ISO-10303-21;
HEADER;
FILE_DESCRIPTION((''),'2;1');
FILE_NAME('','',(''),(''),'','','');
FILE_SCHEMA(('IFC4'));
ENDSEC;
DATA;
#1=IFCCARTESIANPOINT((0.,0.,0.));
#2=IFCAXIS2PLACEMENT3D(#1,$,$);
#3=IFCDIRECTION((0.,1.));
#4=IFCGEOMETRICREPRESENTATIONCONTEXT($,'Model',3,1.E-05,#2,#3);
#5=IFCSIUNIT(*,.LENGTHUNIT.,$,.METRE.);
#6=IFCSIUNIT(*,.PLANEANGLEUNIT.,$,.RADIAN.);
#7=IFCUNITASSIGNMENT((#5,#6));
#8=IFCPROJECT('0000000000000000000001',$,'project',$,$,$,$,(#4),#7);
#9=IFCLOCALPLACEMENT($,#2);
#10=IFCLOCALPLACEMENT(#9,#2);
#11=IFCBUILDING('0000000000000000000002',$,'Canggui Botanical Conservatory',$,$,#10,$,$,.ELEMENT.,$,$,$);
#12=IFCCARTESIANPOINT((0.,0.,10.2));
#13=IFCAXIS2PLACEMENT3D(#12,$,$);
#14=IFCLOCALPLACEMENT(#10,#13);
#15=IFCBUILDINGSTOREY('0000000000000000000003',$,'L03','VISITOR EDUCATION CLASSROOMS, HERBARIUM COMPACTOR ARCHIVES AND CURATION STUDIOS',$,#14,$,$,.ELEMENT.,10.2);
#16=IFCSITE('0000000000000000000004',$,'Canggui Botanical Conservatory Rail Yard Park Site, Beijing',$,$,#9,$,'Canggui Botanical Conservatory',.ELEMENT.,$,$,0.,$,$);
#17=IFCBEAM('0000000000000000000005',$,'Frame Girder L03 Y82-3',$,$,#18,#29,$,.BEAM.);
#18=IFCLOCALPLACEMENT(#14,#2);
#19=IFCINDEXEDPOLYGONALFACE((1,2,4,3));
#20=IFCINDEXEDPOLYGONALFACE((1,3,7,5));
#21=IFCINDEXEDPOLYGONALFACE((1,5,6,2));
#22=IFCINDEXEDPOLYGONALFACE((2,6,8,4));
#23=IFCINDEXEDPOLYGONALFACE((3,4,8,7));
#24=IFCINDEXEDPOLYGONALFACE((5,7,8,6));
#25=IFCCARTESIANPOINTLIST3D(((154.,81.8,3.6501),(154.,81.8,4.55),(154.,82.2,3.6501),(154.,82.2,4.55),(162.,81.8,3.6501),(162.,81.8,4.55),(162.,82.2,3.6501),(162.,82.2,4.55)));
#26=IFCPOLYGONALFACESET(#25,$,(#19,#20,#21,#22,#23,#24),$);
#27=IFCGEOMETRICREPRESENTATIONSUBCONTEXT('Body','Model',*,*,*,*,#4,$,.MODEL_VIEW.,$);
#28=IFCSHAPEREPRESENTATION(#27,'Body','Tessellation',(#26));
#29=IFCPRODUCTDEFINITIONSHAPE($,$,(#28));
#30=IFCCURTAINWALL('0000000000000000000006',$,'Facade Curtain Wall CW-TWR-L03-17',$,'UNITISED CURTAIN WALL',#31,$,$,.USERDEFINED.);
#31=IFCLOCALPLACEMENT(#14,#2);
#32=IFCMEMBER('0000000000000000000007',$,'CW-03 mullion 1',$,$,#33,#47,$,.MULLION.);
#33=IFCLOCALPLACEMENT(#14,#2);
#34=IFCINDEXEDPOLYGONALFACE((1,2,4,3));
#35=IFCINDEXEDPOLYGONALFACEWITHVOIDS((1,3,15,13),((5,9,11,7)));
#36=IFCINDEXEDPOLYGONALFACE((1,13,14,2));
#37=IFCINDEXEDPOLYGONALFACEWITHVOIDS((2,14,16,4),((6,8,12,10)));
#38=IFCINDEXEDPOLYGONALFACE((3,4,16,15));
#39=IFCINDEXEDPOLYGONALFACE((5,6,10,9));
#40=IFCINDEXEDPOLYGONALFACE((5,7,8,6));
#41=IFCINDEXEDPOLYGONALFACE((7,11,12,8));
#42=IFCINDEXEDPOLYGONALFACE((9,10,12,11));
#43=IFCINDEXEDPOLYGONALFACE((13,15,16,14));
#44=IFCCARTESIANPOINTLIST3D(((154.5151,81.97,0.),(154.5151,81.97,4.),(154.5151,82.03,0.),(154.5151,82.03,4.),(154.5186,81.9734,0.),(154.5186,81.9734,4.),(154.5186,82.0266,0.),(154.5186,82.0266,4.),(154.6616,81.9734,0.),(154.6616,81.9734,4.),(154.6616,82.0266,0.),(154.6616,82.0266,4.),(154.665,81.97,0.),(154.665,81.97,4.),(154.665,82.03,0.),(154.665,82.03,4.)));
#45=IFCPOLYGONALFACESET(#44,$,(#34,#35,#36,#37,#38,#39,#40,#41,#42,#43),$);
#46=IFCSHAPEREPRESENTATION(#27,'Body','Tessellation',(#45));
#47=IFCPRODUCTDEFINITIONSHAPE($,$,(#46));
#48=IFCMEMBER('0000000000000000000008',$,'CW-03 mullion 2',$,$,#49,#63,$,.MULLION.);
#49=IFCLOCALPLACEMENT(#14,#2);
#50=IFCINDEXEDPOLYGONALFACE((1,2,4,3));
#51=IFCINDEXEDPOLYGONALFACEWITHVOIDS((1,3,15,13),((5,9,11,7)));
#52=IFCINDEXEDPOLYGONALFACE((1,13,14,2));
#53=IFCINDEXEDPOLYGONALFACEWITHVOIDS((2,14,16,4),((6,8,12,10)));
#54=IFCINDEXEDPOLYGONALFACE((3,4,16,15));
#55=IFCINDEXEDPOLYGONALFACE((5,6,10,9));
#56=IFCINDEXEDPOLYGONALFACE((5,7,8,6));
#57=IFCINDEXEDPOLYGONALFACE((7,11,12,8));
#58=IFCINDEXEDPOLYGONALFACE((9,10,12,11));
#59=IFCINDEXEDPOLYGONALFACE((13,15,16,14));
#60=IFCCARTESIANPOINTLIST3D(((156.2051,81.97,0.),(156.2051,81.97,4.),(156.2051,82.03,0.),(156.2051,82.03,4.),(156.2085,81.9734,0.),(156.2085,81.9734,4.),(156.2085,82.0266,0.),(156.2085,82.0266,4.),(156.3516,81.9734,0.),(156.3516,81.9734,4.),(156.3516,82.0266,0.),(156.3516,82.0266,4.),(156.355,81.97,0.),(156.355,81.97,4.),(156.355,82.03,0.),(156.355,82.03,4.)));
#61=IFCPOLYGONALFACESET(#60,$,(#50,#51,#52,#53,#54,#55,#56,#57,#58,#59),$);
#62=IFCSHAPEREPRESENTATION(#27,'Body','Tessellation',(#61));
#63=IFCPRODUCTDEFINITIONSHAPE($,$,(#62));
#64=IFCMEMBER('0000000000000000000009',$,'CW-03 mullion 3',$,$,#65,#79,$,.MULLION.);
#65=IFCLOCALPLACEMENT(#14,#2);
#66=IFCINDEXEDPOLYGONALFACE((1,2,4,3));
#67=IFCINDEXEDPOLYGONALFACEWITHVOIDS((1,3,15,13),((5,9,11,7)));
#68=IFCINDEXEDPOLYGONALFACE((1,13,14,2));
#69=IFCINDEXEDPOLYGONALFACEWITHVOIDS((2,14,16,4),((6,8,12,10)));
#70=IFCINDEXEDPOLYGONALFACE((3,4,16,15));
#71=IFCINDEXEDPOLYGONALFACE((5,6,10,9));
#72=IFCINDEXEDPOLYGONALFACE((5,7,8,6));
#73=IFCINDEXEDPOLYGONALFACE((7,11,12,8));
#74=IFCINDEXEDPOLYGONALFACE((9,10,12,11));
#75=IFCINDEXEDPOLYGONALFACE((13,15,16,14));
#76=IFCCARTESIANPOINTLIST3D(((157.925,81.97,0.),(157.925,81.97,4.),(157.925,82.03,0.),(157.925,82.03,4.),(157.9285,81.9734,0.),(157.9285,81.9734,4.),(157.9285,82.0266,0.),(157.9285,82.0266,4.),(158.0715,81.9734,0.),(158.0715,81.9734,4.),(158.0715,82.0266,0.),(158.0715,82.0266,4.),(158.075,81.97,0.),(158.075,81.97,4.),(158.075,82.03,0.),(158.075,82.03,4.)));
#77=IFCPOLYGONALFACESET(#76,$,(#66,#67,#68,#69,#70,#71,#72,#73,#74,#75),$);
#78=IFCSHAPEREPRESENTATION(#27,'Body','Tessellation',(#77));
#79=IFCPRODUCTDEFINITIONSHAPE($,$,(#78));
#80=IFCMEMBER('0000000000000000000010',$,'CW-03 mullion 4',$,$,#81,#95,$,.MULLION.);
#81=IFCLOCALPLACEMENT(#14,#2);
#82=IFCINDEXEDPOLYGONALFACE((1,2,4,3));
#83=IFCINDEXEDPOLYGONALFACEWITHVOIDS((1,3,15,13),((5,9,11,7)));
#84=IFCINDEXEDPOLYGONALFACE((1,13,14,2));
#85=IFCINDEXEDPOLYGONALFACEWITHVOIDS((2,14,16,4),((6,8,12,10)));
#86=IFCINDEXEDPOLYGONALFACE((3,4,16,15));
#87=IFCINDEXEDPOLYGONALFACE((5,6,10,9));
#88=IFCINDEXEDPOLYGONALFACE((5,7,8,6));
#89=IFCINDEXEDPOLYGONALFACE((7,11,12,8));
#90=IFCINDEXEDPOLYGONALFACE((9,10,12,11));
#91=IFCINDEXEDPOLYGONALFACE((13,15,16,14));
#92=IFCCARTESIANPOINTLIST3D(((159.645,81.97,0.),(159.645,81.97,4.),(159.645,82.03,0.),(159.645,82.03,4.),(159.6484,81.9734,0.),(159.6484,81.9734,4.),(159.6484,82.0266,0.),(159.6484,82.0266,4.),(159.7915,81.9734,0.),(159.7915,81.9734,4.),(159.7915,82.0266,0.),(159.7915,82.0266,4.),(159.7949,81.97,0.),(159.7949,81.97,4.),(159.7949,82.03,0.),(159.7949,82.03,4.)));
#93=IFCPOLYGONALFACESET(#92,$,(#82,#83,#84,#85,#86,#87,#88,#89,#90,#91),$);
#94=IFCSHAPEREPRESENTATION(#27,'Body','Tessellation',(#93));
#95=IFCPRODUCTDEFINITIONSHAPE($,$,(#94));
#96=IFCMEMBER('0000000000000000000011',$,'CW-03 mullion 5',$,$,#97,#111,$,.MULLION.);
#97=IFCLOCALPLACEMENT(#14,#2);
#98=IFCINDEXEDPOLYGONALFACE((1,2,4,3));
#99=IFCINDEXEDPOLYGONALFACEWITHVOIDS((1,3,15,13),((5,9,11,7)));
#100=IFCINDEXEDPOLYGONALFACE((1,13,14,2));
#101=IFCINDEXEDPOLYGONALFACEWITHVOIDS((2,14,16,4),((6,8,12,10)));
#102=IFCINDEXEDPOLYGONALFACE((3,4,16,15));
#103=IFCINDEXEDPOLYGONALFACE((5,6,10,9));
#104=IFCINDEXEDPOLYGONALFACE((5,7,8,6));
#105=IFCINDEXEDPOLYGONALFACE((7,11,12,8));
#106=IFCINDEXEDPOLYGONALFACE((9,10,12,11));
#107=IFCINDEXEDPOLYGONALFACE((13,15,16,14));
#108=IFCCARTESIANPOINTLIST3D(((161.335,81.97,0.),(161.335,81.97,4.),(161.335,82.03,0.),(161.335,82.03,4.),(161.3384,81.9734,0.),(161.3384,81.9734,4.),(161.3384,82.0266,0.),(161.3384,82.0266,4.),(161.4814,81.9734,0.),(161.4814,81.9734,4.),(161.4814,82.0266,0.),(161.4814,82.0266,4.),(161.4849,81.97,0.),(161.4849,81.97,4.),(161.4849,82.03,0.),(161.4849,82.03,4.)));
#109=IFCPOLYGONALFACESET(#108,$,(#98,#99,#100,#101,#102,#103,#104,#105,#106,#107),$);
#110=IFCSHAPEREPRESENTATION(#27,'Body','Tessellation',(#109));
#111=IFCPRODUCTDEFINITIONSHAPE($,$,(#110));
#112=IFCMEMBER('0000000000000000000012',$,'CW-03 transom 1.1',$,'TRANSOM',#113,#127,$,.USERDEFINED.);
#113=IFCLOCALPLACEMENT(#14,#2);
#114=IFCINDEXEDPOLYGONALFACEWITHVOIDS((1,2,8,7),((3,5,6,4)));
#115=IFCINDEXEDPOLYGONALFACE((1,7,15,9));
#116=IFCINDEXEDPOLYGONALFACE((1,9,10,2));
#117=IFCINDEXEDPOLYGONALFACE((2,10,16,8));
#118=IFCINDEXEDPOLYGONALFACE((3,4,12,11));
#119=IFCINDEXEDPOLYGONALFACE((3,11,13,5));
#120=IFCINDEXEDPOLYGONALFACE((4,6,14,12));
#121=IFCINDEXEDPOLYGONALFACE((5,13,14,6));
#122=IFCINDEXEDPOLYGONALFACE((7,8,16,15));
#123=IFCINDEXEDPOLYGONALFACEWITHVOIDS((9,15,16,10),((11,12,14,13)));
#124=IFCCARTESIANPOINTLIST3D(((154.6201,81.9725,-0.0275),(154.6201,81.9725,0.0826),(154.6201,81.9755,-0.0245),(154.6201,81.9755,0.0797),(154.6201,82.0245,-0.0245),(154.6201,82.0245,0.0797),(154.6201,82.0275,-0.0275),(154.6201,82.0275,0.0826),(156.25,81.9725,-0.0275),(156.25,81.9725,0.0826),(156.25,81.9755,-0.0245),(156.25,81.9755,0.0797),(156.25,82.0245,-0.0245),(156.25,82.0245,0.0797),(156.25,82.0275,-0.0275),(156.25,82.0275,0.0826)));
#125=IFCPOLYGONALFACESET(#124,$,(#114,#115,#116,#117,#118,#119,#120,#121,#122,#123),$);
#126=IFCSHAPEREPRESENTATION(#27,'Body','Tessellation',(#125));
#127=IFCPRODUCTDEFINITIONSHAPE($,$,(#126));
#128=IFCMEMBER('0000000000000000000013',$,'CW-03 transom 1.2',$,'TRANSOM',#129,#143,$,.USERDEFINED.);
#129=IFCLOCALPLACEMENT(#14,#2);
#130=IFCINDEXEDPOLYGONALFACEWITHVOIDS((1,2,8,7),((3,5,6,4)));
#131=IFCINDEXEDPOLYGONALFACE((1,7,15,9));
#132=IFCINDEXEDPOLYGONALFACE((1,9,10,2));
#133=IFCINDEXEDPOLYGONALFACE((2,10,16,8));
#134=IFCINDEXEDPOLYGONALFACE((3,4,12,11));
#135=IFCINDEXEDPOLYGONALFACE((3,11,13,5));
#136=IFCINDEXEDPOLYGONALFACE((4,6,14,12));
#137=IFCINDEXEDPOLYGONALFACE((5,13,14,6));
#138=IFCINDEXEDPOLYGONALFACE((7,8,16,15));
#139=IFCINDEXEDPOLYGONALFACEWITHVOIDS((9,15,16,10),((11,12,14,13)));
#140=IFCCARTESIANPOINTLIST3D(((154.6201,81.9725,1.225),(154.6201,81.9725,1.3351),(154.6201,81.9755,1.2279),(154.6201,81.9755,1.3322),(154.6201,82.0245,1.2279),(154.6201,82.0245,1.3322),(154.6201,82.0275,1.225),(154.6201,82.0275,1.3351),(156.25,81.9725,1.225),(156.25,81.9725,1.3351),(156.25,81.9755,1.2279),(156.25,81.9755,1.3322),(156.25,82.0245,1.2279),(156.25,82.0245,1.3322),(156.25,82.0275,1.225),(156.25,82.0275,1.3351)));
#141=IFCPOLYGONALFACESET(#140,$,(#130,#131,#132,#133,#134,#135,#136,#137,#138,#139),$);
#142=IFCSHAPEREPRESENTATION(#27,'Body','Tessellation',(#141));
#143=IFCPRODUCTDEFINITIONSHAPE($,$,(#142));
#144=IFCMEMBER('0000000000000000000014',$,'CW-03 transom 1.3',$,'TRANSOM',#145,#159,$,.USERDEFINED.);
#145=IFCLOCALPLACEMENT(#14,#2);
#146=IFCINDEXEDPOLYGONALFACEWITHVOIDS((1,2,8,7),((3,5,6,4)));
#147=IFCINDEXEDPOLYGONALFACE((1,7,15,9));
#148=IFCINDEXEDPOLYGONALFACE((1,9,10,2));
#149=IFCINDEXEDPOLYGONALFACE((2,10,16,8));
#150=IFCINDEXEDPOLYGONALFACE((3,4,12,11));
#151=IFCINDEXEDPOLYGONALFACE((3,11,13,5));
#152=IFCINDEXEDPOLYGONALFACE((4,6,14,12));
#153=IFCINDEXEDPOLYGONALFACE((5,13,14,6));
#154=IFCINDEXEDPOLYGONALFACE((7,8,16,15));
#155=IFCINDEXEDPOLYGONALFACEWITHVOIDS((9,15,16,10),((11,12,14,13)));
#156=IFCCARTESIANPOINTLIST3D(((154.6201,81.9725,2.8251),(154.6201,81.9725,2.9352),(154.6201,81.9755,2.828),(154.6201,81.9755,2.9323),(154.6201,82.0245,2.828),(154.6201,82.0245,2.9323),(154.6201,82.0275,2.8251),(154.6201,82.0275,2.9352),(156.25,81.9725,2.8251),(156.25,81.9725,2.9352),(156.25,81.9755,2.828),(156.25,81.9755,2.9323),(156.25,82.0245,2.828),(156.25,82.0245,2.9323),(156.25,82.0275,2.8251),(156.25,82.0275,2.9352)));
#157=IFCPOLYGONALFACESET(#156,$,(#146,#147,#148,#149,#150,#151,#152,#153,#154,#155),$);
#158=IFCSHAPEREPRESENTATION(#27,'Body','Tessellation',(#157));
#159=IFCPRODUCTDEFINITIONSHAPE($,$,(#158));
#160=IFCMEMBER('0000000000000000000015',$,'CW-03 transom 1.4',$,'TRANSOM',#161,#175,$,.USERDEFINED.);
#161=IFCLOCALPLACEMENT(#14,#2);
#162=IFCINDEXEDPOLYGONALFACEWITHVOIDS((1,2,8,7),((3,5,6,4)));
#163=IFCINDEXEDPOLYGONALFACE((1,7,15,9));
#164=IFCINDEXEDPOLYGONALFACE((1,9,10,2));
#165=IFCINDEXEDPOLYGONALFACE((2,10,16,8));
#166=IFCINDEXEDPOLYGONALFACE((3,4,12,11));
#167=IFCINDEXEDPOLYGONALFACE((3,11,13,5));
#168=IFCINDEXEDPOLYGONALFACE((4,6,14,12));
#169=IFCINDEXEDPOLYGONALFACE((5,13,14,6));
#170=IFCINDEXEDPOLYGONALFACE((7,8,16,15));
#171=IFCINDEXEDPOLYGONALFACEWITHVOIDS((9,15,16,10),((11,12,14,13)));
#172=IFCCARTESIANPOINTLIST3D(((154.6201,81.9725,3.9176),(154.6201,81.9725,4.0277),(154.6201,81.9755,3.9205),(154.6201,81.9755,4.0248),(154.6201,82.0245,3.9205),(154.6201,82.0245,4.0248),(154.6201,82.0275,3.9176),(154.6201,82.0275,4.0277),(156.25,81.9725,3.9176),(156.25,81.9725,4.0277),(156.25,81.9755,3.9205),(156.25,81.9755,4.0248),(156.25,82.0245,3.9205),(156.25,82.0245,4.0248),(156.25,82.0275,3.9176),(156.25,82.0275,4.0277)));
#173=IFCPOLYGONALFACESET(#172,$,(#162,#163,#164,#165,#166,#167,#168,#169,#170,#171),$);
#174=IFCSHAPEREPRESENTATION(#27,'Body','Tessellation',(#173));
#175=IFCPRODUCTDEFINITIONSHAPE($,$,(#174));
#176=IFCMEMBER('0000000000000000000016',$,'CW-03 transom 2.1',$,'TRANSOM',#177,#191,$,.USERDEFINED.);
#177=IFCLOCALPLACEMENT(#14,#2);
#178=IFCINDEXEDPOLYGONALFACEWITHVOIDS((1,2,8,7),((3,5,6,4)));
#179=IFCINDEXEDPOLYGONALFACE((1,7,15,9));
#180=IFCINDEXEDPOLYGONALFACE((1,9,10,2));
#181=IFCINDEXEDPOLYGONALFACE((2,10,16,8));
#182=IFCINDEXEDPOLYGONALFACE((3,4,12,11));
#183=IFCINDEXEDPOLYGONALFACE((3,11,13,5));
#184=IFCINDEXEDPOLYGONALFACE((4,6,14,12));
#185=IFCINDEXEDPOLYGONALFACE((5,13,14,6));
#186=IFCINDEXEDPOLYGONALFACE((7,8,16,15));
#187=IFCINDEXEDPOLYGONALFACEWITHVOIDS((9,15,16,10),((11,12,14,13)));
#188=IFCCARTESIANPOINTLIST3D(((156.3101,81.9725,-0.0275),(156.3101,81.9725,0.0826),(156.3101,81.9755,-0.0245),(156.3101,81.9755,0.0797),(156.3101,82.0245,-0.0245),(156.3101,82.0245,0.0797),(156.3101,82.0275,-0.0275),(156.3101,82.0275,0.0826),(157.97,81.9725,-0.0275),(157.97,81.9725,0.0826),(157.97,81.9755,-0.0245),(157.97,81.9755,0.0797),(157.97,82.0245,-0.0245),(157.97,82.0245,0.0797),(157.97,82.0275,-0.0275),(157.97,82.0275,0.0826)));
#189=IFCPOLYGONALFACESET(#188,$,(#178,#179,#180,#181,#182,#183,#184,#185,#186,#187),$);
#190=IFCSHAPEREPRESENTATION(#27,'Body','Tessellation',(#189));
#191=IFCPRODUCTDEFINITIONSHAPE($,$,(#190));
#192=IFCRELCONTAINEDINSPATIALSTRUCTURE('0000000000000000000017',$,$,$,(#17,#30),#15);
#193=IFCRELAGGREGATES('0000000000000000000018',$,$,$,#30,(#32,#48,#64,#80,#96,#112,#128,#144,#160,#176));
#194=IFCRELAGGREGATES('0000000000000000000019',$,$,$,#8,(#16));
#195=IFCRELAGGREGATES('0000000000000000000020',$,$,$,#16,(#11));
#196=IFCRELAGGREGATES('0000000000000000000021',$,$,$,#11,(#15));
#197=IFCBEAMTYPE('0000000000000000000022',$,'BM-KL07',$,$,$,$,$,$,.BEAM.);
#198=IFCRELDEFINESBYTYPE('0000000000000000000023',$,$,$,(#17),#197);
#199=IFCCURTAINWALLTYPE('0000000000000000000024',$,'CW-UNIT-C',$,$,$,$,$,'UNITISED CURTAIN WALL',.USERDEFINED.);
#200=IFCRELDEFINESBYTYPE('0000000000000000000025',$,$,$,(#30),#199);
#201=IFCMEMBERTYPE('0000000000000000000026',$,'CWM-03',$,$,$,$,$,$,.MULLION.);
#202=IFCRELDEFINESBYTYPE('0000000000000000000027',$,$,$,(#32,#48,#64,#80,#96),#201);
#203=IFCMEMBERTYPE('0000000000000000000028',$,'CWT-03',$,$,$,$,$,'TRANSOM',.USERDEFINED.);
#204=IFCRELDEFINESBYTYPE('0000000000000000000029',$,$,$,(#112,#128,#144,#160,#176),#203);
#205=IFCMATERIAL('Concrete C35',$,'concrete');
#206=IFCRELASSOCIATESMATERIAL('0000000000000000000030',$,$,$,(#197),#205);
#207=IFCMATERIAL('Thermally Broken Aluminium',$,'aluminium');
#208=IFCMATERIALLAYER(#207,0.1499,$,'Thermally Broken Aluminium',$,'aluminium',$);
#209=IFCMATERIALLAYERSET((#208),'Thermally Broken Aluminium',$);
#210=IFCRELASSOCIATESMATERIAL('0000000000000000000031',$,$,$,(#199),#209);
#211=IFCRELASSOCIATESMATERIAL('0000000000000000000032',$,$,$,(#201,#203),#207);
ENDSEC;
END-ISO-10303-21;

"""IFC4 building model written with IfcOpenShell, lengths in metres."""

from ifc_helpers import new_model, si_unit, direction, frame, origin, origin_2d, place, context, subcontext, project, spatial, rectangle, hollow_rectangle, extrude, material, layer, layer_set, material_profile, profile_set, type_object, element, aggregate, save


model = new_model("IFC4")

# Units and contexts
model_context = context("Model", 3, precision=1e-05, world=origin(), true_north=direction((0.0, 1.0)))
body_context = subcontext(model_context, "Body", "Model", "MODEL_VIEW")
ifc_project = project(units=[si_unit("LENGTHUNIT", "METRE"), si_unit("PLANEANGLEUNIT", "RADIAN")], contexts=[model_context])

# Site, building, storey
site_placement = place(None, origin())
site = spatial("IfcSite", under=ifc_project, at=site_placement, Name="Canggui Botanical Conservatory Rail Yard Park Site, Beijing", LongName="Canggui Botanical Conservatory", CompositionType="ELEMENT", RefElevation=0.0)
building_placement = place(site_placement, origin())
building = spatial("IfcBuilding", under=site, at=building_placement, Name="Canggui Botanical Conservatory", CompositionType="ELEMENT")
storey_placement = place(building_placement, frame((0.0, 0.0, 10.2)))
storey = spatial("IfcBuildingStorey", under=building, at=storey_placement, Name="L03", Description="VISITOR EDUCATION CLASSROOMS, HERBARIUM COMPACTOR ARCHIVES AND CURATION STUDIOS", CompositionType="ELEMENT", Elevation=10.2)

# Beam
ifc_material_1 = material(Name="Concrete C35", Category="concrete")
ifc_material_profile_1 = material_profile(ifc_material_1, rectangle(XDim=0.3999, YDim=0.8999, at=origin_2d()), Name="RB 400x900")
ifc_profile_set_1 = profile_set([ifc_material_profile_1], Name="Concrete C35")
beam_type = type_object("IfcBeamType", Name="BM-KL07", PredefinedType="BEAM", material=ifc_profile_set_1)
beam_placement = place(storey_placement, frame((154.0, 82.0, 4.1001), z_axis=(1.0, 0.0, 0.0), x_axis=(0.0, 1.0, 0.0)))
element("IfcBeam", 1, at=beam_placement, inside=storey, type_object=beam_type, Name="Frame Girder L03 Y82-3", PredefinedType="BEAM", context=body_context, shape_type="SweptSolid", body=[
    extrude(rectangle(XDim=0.3999, YDim=0.8999, at=origin_2d()), origin(), (0.0, 0.0, 1.0), 8.0),
])

# Curtain wall, members
ifc_material_2 = material(Name="Thermally Broken Aluminium", Category="aluminium")
ifc_layer_1 = layer(ifc_material_2, 0.1499, Name="Thermally Broken Aluminium", Category="aluminium")
ifc_layer_set_1 = layer_set([ifc_layer_1], Name="Thermally Broken Aluminium")
curtain_wall_type = type_object("IfcCurtainWallType", Name="CW-UNIT-C", ElementType="UNITISED CURTAIN WALL", PredefinedType="USERDEFINED", material=ifc_layer_set_1)
curtain_wall_placement = place(storey_placement, origin())
curtain_wall = element("IfcCurtainWall", 2, at=curtain_wall_placement, inside=storey, type_object=curtain_wall_type, Name="Facade Curtain Wall CW-TWR-L03-17", ObjectType="UNITISED CURTAIN WALL", PredefinedType="USERDEFINED")
ifc_material_profile_2 = material_profile(ifc_material_2, hollow_rectangle(XDim=0.0601, YDim=0.1499, WallThickness=0.0034, at=origin_2d()), Name="CWM 60x150x3.5")
ifc_profile_set_2 = profile_set([ifc_material_profile_2], Name="Thermally Broken Aluminium")
member_type_1 = type_object("IfcMemberType", Name="CWM-03", PredefinedType="MULLION", material=ifc_profile_set_2)
member_1_placement = place(storey_placement, frame((154.5901, 82.0, 0.0), z_axis=(0.0, 0.0, 1.0), x_axis=(0.0, 1.0, 0.0)))
member_1 = element("IfcMember", 3, at=member_1_placement, type_object=member_type_1, Name="CW-03 mullion 1", PredefinedType="MULLION", context=body_context, shape_type="SweptSolid", body=[
    extrude(hollow_rectangle(XDim=0.0601, YDim=0.1499, WallThickness=0.0034, at=origin_2d()), origin(), (0.0, 0.0, 1.0), 4.0),
])
member_2_placement = place(storey_placement, frame((156.28, 82.0, 0.0), z_axis=(0.0, 0.0, 1.0), x_axis=(0.0, 1.0, 0.0)))
member_2 = element("IfcMember", 4, at=member_2_placement, type_object=member_type_1, Name="CW-03 mullion 2", PredefinedType="MULLION", context=body_context, shape_type="SweptSolid", body=[
    extrude(hollow_rectangle(XDim=0.0601, YDim=0.1499, WallThickness=0.0034, at=origin_2d()), origin(), (0.0, 0.0, 1.0), 4.0),
])
member_3_placement = place(storey_placement, frame((158.0, 82.0, 0.0), z_axis=(0.0, 0.0, 1.0), x_axis=(0.0, 1.0, 0.0)))
member_3 = element("IfcMember", 5, at=member_3_placement, type_object=member_type_1, Name="CW-03 mullion 3", PredefinedType="MULLION", context=body_context, shape_type="SweptSolid", body=[
    extrude(hollow_rectangle(XDim=0.0601, YDim=0.1499, WallThickness=0.0034, at=origin_2d()), origin(), (0.0, 0.0, 1.0), 4.0),
])
member_4_placement = place(storey_placement, frame((159.72, 82.0, 0.0), z_axis=(0.0, 0.0, 1.0), x_axis=(0.0, 1.0, 0.0)))
member_4 = element("IfcMember", 6, at=member_4_placement, type_object=member_type_1, Name="CW-03 mullion 4", PredefinedType="MULLION", context=body_context, shape_type="SweptSolid", body=[
    extrude(hollow_rectangle(XDim=0.0601, YDim=0.1499, WallThickness=0.0034, at=origin_2d()), origin(), (0.0, 0.0, 1.0), 4.0),
])
member_5_placement = place(storey_placement, frame((161.4099, 82.0, 0.0), z_axis=(0.0, 0.0, 1.0), x_axis=(0.0, 1.0, 0.0)))
member_5 = element("IfcMember", 7, at=member_5_placement, type_object=member_type_1, Name="CW-03 mullion 5", PredefinedType="MULLION", context=body_context, shape_type="SweptSolid", body=[
    extrude(hollow_rectangle(XDim=0.0601, YDim=0.1499, WallThickness=0.0034, at=origin_2d()), origin(), (0.0, 0.0, 1.0), 4.0),
])
ifc_material_profile_3 = material_profile(ifc_material_2, hollow_rectangle(XDim=0.0549, YDim=0.1101, WallThickness=0.0029, at=origin_2d()), Name="CWT 55x110x3")
ifc_profile_set_3 = profile_set([ifc_material_profile_3], Name="Thermally Broken Aluminium")
member_type_2 = type_object("IfcMemberType", Name="CWT-03", ElementType="TRANSOM", PredefinedType="USERDEFINED", material=ifc_profile_set_3)
member_6_placement = place(storey_placement, frame((154.6201, 82.0, 0.0276), z_axis=(1.0, 0.0, 0.0), x_axis=(0.0, 1.0, 0.0)))
member_6 = element("IfcMember", 8, at=member_6_placement, type_object=member_type_2, Name="CW-03 transom 1.1", ObjectType="TRANSOM", PredefinedType="USERDEFINED", context=body_context, shape_type="SweptSolid", body=[
    extrude(hollow_rectangle(XDim=0.0549, YDim=0.1101, WallThickness=0.0029, at=origin_2d()), origin(), (0.0, 0.0, 1.0), 1.6299),
])
member_7_placement = place(storey_placement, frame((154.6201, 82.0, 1.28), z_axis=(1.0, 0.0, 0.0), x_axis=(0.0, 1.0, 0.0)))
member_7 = element("IfcMember", 9, at=member_7_placement, type_object=member_type_2, Name="CW-03 transom 1.2", ObjectType="TRANSOM", PredefinedType="USERDEFINED", context=body_context, shape_type="SweptSolid", body=[
    extrude(hollow_rectangle(XDim=0.0549, YDim=0.1101, WallThickness=0.0029, at=origin_2d()), origin(), (0.0, 0.0, 1.0), 1.6299),
])
member_8_placement = place(storey_placement, frame((154.6201, 82.0, 2.8801), z_axis=(1.0, 0.0, 0.0), x_axis=(0.0, 1.0, 0.0)))
member_8 = element("IfcMember", 10, at=member_8_placement, type_object=member_type_2, Name="CW-03 transom 1.3", ObjectType="TRANSOM", PredefinedType="USERDEFINED", context=body_context, shape_type="SweptSolid", body=[
    extrude(hollow_rectangle(XDim=0.0549, YDim=0.1101, WallThickness=0.0029, at=origin_2d()), origin(), (0.0, 0.0, 1.0), 1.6299),
])
member_9_placement = place(storey_placement, frame((154.6201, 82.0, 3.9727), z_axis=(1.0, 0.0, 0.0), x_axis=(0.0, 1.0, 0.0)))
member_9 = element("IfcMember", 11, at=member_9_placement, type_object=member_type_2, Name="CW-03 transom 1.4", ObjectType="TRANSOM", PredefinedType="USERDEFINED", context=body_context, shape_type="SweptSolid", body=[
    extrude(hollow_rectangle(XDim=0.0549, YDim=0.1101, WallThickness=0.0029, at=origin_2d()), origin(), (0.0, 0.0, 1.0), 1.6299),
])
member_10_placement = place(storey_placement, frame((156.3101, 82.0, 0.0276), z_axis=(1.0, 0.0, 0.0), x_axis=(0.0, 1.0, 0.0)))
member_10 = element("IfcMember", 12, at=member_10_placement, type_object=member_type_2, Name="CW-03 transom 2.1", ObjectType="TRANSOM", PredefinedType="USERDEFINED", context=body_context, shape_type="SweptSolid", body=[
    extrude(hollow_rectangle(XDim=0.0549, YDim=0.1101, WallThickness=0.0029, at=origin_2d()), origin(), (0.0, 0.0, 1.0), 1.6599),
])
aggregate(curtain_wall, [member_1, member_2, member_3, member_4, member_5, member_6, member_7, member_8, member_9, member_10])

save(model, "model.ifc")
